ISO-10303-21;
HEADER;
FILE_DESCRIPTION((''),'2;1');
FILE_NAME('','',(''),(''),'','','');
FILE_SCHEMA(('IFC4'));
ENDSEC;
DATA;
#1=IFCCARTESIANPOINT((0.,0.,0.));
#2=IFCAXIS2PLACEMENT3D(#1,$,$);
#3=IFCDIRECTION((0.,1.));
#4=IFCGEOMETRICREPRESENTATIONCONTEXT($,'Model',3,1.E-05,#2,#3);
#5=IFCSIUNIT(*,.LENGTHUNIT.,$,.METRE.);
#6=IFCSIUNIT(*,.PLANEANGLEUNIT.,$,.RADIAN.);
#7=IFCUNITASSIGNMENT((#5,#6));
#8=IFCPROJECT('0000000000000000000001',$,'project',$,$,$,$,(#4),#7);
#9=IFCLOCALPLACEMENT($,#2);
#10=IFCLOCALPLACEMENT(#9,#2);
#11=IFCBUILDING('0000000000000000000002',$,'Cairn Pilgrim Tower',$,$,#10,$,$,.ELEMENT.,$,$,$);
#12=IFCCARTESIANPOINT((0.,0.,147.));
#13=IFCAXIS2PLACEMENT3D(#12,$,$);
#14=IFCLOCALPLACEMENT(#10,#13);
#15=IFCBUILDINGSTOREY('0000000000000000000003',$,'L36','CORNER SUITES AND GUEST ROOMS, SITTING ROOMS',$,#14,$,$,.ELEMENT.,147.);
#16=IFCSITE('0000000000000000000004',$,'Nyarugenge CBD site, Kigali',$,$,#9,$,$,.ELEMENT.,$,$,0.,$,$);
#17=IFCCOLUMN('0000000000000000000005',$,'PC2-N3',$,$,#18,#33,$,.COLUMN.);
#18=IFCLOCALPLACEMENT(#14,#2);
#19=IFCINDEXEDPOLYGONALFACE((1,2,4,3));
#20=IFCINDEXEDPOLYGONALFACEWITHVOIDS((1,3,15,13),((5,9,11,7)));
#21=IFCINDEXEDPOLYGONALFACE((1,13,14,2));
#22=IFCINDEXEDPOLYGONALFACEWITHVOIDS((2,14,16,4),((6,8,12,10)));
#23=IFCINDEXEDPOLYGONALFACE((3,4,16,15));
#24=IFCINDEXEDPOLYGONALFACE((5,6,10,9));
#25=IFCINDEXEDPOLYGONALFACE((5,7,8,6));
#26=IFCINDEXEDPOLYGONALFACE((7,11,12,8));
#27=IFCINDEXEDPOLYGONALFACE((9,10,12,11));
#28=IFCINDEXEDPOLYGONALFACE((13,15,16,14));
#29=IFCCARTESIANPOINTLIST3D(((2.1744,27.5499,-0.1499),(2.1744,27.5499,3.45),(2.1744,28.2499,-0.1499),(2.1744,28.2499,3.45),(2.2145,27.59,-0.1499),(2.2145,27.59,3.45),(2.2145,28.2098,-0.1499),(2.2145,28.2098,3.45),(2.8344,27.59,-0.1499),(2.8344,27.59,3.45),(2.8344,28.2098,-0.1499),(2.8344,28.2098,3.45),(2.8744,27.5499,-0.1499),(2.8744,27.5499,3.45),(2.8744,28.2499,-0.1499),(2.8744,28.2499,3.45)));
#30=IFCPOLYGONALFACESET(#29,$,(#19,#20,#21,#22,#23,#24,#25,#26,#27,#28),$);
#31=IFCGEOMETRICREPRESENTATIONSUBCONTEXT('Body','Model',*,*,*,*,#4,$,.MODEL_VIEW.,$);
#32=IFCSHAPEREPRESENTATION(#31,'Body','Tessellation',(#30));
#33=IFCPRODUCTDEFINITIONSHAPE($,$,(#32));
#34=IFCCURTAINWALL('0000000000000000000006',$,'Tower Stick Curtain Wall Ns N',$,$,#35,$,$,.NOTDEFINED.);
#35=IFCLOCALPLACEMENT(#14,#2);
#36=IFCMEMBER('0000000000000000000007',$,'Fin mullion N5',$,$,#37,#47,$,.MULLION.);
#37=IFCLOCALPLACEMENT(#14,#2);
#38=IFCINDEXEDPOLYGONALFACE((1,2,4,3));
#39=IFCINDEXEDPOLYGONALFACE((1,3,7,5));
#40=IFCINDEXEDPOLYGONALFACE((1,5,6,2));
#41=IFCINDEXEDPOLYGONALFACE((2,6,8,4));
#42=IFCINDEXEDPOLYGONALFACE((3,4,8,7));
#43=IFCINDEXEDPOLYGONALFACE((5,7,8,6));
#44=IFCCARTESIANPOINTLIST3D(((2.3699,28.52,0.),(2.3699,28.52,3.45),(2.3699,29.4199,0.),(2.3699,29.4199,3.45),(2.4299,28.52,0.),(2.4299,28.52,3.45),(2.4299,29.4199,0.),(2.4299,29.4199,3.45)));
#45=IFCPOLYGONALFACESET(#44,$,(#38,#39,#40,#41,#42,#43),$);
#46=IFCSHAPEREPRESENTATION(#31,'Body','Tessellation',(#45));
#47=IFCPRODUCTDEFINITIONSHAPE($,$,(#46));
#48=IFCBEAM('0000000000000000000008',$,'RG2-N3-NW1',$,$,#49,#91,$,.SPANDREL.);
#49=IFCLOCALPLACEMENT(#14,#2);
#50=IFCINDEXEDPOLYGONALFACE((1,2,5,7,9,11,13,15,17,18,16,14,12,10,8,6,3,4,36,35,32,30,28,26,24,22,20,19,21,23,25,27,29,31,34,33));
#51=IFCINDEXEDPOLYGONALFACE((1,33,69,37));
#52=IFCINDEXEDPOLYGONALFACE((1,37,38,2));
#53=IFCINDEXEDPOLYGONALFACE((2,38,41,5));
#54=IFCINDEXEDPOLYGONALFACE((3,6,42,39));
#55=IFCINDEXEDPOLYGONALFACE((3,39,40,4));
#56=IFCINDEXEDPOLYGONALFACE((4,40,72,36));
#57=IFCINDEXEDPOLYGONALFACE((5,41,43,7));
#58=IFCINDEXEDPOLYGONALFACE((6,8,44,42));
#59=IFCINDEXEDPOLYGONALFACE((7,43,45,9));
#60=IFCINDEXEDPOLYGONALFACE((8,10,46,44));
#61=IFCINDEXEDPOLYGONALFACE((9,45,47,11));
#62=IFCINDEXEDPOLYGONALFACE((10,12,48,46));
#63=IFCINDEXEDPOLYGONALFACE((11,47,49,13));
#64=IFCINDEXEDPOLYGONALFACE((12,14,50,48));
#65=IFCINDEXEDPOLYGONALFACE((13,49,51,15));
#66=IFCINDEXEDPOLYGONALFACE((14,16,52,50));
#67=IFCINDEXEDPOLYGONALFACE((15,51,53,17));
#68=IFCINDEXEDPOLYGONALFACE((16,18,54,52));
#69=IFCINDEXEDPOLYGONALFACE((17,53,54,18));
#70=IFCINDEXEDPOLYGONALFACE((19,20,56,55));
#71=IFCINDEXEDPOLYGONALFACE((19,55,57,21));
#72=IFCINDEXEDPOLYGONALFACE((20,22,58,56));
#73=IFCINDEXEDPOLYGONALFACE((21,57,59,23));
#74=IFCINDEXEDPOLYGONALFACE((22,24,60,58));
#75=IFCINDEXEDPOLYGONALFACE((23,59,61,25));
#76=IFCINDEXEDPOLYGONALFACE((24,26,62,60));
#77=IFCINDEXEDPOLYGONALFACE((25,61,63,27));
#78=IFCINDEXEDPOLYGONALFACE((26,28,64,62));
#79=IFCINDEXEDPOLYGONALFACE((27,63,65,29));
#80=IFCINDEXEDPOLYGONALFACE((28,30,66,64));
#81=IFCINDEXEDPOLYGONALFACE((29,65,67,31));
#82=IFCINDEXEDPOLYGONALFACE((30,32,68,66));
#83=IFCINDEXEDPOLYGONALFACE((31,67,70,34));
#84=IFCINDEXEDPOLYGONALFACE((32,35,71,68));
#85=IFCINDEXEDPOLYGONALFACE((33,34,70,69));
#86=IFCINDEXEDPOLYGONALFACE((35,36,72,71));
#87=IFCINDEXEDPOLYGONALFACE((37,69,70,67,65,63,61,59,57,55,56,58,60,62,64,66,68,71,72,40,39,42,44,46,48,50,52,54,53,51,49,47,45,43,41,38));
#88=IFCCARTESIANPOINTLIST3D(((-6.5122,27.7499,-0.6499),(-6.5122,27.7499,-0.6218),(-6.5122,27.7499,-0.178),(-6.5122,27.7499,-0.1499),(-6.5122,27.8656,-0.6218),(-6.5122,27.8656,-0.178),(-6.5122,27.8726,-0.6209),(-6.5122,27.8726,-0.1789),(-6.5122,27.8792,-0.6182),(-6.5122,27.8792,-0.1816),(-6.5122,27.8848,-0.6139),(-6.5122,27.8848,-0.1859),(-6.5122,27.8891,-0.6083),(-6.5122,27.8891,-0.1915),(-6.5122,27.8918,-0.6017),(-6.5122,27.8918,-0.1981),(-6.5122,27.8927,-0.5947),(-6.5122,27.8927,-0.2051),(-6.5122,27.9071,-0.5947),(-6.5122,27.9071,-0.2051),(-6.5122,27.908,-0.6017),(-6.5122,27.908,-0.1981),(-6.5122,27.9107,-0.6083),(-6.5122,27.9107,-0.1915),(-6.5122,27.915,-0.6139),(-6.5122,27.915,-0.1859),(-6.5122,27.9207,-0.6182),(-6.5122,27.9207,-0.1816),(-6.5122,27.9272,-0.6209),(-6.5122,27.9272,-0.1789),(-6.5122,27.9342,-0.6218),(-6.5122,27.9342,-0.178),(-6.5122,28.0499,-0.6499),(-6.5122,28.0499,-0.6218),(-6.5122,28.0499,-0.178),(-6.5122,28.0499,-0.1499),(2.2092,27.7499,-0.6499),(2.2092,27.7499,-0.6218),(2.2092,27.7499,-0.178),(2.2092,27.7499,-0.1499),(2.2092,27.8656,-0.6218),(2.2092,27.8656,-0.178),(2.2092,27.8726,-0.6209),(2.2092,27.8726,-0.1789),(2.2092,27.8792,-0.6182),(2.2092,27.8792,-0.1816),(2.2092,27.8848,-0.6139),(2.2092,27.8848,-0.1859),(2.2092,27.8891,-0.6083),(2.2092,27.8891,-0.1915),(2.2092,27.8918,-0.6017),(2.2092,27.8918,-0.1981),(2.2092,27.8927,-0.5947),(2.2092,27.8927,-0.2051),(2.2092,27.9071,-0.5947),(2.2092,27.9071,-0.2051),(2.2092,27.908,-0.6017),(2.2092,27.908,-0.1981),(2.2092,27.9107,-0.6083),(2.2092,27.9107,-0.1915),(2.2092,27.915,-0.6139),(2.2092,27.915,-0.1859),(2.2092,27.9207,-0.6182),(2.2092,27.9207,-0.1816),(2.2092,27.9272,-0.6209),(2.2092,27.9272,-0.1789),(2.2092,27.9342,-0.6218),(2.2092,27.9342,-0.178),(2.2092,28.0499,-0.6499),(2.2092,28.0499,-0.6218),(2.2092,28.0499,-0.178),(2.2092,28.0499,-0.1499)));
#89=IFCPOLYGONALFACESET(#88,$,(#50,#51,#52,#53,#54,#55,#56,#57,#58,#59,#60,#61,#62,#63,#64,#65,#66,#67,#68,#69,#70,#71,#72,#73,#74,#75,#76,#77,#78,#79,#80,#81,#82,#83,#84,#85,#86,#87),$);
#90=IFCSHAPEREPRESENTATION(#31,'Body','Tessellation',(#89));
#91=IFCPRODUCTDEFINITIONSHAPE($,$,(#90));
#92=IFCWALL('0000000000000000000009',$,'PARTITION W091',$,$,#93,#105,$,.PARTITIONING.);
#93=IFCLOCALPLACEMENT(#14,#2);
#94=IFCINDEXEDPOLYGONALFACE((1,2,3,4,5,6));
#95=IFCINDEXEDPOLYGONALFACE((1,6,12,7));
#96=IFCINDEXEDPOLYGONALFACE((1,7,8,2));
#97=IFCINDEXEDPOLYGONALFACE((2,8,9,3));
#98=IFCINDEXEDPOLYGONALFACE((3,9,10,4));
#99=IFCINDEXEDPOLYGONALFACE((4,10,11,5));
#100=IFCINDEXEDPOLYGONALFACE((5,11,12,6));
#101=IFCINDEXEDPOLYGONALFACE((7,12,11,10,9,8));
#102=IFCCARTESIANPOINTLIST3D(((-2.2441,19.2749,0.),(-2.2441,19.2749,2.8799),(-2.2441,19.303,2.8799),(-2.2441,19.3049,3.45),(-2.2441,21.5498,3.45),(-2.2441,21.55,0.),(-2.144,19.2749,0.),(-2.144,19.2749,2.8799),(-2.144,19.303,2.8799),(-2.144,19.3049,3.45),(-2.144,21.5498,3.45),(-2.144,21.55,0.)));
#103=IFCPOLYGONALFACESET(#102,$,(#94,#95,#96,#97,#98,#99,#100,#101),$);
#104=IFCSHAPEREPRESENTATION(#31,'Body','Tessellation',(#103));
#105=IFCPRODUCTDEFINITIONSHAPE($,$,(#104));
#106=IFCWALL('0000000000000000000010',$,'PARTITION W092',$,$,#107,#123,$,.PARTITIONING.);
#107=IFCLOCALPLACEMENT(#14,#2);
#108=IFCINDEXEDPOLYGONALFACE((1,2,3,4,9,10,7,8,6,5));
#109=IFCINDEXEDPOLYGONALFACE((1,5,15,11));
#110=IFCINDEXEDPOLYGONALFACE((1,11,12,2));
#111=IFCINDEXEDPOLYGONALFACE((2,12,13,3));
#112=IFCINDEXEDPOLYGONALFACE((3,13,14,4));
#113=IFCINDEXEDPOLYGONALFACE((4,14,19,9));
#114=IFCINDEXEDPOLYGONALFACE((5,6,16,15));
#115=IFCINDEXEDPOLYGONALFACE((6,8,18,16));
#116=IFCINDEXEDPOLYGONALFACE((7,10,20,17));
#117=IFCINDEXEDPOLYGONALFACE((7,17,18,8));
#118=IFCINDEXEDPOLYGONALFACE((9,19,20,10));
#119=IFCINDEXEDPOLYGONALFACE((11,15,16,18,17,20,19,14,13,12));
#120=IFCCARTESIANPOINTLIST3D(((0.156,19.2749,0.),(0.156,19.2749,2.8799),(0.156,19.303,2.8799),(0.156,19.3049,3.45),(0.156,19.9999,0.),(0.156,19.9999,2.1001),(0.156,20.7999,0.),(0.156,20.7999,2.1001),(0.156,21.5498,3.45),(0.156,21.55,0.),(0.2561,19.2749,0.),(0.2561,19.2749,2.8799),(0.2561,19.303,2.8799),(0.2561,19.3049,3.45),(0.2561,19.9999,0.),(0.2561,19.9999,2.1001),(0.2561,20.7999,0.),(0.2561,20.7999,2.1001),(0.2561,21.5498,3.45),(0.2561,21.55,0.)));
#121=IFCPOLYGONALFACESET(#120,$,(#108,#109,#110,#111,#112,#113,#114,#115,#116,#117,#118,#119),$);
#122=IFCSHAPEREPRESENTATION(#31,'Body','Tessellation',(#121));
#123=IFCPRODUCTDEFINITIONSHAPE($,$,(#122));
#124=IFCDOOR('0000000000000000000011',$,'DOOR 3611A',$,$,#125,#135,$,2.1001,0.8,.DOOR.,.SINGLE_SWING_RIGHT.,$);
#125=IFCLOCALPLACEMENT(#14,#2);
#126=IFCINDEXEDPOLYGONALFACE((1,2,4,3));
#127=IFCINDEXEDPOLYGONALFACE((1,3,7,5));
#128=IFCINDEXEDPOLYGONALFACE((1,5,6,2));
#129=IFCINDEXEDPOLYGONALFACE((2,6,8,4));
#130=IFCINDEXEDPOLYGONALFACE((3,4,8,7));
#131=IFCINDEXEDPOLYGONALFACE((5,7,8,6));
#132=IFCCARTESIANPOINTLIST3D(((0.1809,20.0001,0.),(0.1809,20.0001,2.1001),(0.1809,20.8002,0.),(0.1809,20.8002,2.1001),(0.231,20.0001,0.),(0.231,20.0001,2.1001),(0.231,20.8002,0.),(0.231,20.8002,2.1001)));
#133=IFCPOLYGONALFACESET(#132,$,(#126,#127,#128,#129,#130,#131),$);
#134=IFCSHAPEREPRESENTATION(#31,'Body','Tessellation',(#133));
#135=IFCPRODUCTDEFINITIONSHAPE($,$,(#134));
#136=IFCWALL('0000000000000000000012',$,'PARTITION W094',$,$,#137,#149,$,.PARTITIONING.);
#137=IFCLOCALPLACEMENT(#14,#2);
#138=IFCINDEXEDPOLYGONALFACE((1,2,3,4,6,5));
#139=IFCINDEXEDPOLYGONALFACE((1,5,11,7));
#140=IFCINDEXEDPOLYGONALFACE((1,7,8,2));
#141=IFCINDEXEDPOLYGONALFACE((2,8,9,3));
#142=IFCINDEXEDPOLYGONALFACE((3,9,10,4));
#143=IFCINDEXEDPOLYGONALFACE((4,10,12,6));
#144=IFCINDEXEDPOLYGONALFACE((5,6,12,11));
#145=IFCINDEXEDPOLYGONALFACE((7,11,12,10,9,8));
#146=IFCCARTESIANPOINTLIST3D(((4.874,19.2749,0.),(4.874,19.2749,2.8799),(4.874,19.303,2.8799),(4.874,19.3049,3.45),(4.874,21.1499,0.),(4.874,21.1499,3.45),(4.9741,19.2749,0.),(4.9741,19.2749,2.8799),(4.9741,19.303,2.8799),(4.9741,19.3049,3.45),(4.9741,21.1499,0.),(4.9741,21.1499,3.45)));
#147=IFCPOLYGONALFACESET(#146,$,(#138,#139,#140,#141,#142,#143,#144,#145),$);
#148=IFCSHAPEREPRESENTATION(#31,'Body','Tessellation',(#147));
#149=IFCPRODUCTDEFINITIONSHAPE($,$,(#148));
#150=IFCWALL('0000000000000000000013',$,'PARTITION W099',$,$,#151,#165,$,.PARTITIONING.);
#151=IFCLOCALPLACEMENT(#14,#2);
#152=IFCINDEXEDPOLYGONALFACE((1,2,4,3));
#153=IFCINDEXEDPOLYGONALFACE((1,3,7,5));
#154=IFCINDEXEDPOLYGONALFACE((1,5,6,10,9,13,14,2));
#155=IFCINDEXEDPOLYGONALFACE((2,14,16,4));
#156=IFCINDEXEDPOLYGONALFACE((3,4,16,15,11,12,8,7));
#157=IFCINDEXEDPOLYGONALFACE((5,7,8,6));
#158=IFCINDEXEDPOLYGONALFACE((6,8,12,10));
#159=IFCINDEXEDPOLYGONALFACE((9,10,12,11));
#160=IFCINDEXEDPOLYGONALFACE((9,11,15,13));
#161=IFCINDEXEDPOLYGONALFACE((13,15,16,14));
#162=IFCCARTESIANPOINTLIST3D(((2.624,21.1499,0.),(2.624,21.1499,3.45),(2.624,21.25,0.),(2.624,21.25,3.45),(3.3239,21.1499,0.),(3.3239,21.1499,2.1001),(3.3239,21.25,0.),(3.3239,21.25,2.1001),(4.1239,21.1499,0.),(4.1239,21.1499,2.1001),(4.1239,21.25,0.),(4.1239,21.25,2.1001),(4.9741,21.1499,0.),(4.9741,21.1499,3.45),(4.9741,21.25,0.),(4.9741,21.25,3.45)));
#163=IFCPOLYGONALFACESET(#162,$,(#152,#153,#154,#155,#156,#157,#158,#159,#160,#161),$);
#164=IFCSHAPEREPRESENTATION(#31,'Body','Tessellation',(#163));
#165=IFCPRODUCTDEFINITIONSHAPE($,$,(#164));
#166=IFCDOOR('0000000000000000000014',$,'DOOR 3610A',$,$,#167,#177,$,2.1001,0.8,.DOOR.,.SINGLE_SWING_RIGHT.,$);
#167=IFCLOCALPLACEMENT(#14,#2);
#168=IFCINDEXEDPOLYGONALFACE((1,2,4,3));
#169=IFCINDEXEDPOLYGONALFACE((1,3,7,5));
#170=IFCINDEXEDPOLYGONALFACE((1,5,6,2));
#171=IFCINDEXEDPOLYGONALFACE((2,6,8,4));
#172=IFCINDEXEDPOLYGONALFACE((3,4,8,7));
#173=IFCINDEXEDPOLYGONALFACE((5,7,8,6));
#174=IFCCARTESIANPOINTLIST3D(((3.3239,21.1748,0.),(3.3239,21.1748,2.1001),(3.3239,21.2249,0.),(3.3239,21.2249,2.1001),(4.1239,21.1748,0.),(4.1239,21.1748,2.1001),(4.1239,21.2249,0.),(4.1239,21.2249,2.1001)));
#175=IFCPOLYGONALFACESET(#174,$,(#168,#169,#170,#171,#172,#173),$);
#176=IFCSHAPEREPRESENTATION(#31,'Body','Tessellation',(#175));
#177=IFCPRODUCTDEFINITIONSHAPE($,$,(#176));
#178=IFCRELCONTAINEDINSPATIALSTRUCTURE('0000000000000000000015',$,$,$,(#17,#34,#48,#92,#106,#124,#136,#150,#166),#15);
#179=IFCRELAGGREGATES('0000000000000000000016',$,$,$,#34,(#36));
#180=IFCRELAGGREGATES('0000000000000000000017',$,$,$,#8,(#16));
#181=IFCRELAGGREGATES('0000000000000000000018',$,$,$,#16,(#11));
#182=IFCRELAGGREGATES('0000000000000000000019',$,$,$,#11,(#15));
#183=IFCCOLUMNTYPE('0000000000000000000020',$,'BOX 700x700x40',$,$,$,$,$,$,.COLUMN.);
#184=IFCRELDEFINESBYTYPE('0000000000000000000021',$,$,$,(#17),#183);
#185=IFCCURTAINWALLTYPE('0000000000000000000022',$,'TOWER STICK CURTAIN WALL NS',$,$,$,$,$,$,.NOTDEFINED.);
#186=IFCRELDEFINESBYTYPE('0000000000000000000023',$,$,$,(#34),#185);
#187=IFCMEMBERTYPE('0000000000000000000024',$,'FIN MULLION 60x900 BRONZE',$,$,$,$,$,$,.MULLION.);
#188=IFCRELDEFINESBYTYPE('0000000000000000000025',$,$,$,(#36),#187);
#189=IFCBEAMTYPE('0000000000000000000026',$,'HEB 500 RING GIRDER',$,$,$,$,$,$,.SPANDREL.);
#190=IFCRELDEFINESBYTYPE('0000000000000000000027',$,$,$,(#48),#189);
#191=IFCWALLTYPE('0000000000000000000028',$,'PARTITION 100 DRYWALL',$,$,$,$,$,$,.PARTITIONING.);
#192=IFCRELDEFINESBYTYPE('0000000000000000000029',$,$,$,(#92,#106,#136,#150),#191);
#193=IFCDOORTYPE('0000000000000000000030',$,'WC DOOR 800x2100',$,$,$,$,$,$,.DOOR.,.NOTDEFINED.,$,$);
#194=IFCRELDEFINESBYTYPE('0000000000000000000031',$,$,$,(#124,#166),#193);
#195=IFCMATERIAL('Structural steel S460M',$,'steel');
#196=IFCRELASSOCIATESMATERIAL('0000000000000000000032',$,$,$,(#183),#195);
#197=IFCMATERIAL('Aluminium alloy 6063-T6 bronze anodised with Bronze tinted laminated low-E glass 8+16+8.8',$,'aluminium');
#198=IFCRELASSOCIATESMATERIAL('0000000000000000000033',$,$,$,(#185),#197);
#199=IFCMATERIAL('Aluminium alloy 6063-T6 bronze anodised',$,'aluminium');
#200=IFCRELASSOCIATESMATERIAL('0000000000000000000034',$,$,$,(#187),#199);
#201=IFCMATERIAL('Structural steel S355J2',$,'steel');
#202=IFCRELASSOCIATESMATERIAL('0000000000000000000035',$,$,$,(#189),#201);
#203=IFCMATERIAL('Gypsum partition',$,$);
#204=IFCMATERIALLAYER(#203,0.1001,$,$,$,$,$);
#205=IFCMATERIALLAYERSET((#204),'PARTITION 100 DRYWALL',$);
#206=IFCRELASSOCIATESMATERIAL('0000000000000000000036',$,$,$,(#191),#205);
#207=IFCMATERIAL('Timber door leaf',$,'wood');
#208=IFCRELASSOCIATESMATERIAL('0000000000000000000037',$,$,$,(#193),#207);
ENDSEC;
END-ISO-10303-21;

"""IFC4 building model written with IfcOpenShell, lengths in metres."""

from ifc_helpers import new_model, si_unit, direction, frame, frame_2d, origin, origin_2d, place, context, subcontext, project, spatial, polyline, rectangle, hollow_rectangle, i_section, outline, extrude, material, layer, layer_set, material_profile, profile_set, type_object, element, fill, aggregate, save


model = new_model("IFC4")

# Units and contexts
model_context = context("Model", 3, precision=1e-05, world=origin(), true_north=direction((0.0, 1.0)))
body_context = subcontext(model_context, "Body", "Model", "MODEL_VIEW")
ifc_project = project(units=[si_unit("LENGTHUNIT", "METRE"), si_unit("PLANEANGLEUNIT", "RADIAN")], contexts=[model_context])

# Site, building, storey
site_placement = place(None, origin())
site = spatial("IfcSite", under=ifc_project, at=site_placement, Name="Nyarugenge CBD site, Kigali", CompositionType="ELEMENT", RefElevation=0.0)
building_placement = place(site_placement, origin())
building = spatial("IfcBuilding", under=site, at=building_placement, Name="Cairn Pilgrim Tower", CompositionType="ELEMENT")
storey_placement = place(building_placement, frame((0.0, 0.0, 147.0)))
storey = spatial("IfcBuildingStorey", under=building, at=storey_placement, Name="L36", Description="CORNER SUITES AND GUEST ROOMS, SITTING ROOMS", CompositionType="ELEMENT", Elevation=147.0)

# Column
ifc_material_1 = material(Name="Structural steel S460M", Category="steel")
ifc_material_profile_1 = material_profile(ifc_material_1, hollow_rectangle(XDim=0.7, YDim=0.7, WallThickness=0.04, at=origin_2d()), Name="BOX 700x700x40")
ifc_profile_set_1 = profile_set([ifc_material_profile_1], Name="Structural steel S460M")
column_type = type_object("IfcColumnType", Name="BOX 700x700x40", PredefinedType="COLUMN", material=ifc_profile_set_1)
column_placement = place(storey_placement, frame((2.5244, 27.8999, -0.1499), z_axis=(0.0, 0.0, 1.0), x_axis=(1.0, 0.0, 0.0)))
element("IfcColumn", 1, at=column_placement, inside=storey, type_object=column_type, Name="PC2-N3", PredefinedType="COLUMN", context=body_context, shape_type="SweptSolid", body=[
    extrude(hollow_rectangle(XDim=0.7, YDim=0.7, WallThickness=0.04, at=origin_2d()), origin(), (0.0, 0.0, 1.0), 3.5999),
])

# Curtain wall, member
ifc_material_2 = material(Name="Aluminium alloy 6063-T6 bronze anodised with Bronze tinted laminated low-E glass 8+16+8.8", Category="aluminium")
curtain_wall_type = type_object("IfcCurtainWallType", Name="TOWER STICK CURTAIN WALL NS", PredefinedType="NOTDEFINED", material=ifc_material_2)
curtain_wall_placement = place(storey_placement, origin())
curtain_wall = element("IfcCurtainWall", 2, at=curtain_wall_placement, inside=storey, type_object=curtain_wall_type, Name="Tower Stick Curtain Wall Ns N", PredefinedType="NOTDEFINED")
ifc_material_3 = material(Name="Aluminium alloy 6063-T6 bronze anodised", Category="aluminium")
ifc_material_profile_2 = material_profile(ifc_material_3, rectangle(XDim=0.8999, YDim=0.0601, at=origin_2d()), Name="FIN MULLION 60x900 BRONZE")
ifc_profile_set_2 = profile_set([ifc_material_profile_2], Name="Aluminium alloy 6063-T6 bronze anodised")
member_type = type_object("IfcMemberType", Name="FIN MULLION 60x900 BRONZE", PredefinedType="MULLION", material=ifc_profile_set_2)
member_placement = place(storey_placement, frame((2.3999, 28.97, 0.0), z_axis=(0.0, 0.0, 1.0), x_axis=(0.0, 1.0, 0.0)))
member = element("IfcMember", 3, at=member_placement, type_object=member_type, Name="Fin mullion N5", PredefinedType="MULLION", context=body_context, shape_type="SweptSolid", body=[
    extrude(rectangle(XDim=0.8999, YDim=0.0601, at=origin_2d()), origin(), (0.0, 0.0, 1.0), 3.45),
])
aggregate(curtain_wall, [member])

# Beam
ifc_material_4 = material(Name="Structural steel S355J2", Category="steel")
ifc_material_profile_3 = material_profile(ifc_material_4, i_section(OverallWidth=0.3, OverallDepth=0.5, WebThickness=0.0144, FlangeThickness=0.0281, FilletRadius=0.0271, at=origin_2d()), Name="HEB 500")
ifc_profile_set_3 = profile_set([ifc_material_profile_3], Name="Structural steel S355J2")
beam_type = type_object("IfcBeamType", Name="HEB 500 RING GIRDER", PredefinedType="SPANDREL", material=ifc_profile_set_3)
beam_placement = place(storey_placement, frame((2.2092, 27.8999, -0.3999), z_axis=(-1.0, 0.0, 0.0), x_axis=(0.0, -1.0, 0.0)))
element("IfcBeam", 4, at=beam_placement, inside=storey, type_object=beam_type, Name="RG2-N3-NW1", PredefinedType="SPANDREL", context=body_context, shape_type="SweptSolid", body=[
    extrude(i_section(OverallWidth=0.3, OverallDepth=0.5, WebThickness=0.0144, FlangeThickness=0.0281, FilletRadius=0.0271, at=origin_2d()), origin(), (0.0, 0.0, 1.0), 8.7214),
])

# Wall
ifc_material_5 = material(Name="Gypsum partition")
ifc_layer_1 = layer(ifc_material_5, 0.1001)
ifc_layer_set_1 = layer_set([ifc_layer_1], Name="PARTITION 100 DRYWALL")
wall_type_1 = type_object("IfcWallType", Name="PARTITION 100 DRYWALL", PredefinedType="PARTITIONING", material=ifc_layer_set_1)
wall_1_placement = place(storey_placement, frame((-2.1941, 19.2749, 0.0), z_axis=(0.0, 0.0, 1.0), x_axis=(0.0, 1.0, 0.0)))
element("IfcWall", 5, at=wall_1_placement, inside=storey, type_object=wall_type_1, Name="PARTITION W091", PredefinedType="PARTITIONING", context=body_context, shape_type="SweptSolid", body=[
    extrude(outline(polyline([(0.0, 0.0), (2.2751, 0.0), (2.2749, 3.45), (0.03, 3.45), (0.0281, 2.8799), (0.0, 2.8799), (0.0, 0.0)])), frame((0.0, 0.05, 0.0), z_axis=(0.0, -1.0, 0.0), x_axis=(1.0, 0.0, 0.0)), (0.0, 0.0, 1.0), 0.1001),
])

# Wall, opening, door
wall_2_placement = place(storey_placement, frame((0.2061, 19.2749, 0.0), z_axis=(0.0, 0.0, 1.0), x_axis=(0.0, 1.0, 0.0)))
wall_2 = element("IfcWall", 6, at=wall_2_placement, inside=storey, type_object=wall_type_1, Name="PARTITION W092", PredefinedType="PARTITIONING", context=body_context, shape_type="SweptSolid", body=[
    extrude(outline(polyline([(0.0, 0.0), (2.2751, 0.0), (2.2749, 3.45), (0.03, 3.45), (0.0281, 2.8799), (0.0, 2.8799), (0.0, 0.0)])), frame((0.0, 0.05, 0.0), z_axis=(0.0, -1.0, 0.0), x_axis=(1.0, 0.0, 0.0)), (0.0, 0.0, 1.0), 0.1001),
])
opening_1_placement = place(wall_2_placement, frame((0.7251, 0.0, 0.0)))
opening_1 = element("IfcOpeningElement", 7, at=opening_1_placement, cuts=wall_2, PredefinedType="OPENING", context=body_context, shape_type="SweptSolid", body=[
    extrude(rectangle(XDim=0.8, YDim=2.1001, at=frame_2d((0.3999, 1.05))), frame((0.0, 0.0601, 0.0), z_axis=(0.0, -1.0, 0.0), x_axis=(1.0, 0.0, 0.0)), (0.0, 0.0, 1.0), 0.1201),
])
ifc_material_6 = material(Name="Timber door leaf", Category="wood")
door_type_1 = type_object("IfcDoorType", Name="WC DOOR 800x2100", OperationType="NOTDEFINED", PredefinedType="DOOR", material=ifc_material_6)
door_1_placement = place(opening_1_placement, frame((0.8, 0.0, 0.0), z_axis=(0.0, 0.0, 1.0), x_axis=(-1.0, 0.0, 0.0)))
door_1 = element("IfcDoor", 8, at=door_1_placement, inside=storey, type_object=door_type_1, Name="DOOR 3611A", OperationType="SINGLE_SWING_RIGHT", OverallHeight=2.1001, OverallWidth=0.8, PredefinedType="DOOR", context=body_context, shape_type="SweptSolid", body=[
    extrude(rectangle(XDim=0.8, YDim=2.1001, at=frame_2d((0.3999, 1.05))), frame((0.0, 0.0249, 0.0), z_axis=(0.0, -1.0, 0.0), x_axis=(1.0, 0.0, 0.0)), (0.0, 0.0, 1.0), 0.05),
])
fill(opening_1, door_1)

# Wall
wall_3_placement = place(storey_placement, frame((4.9241, 19.2749, 0.0), z_axis=(0.0, 0.0, 1.0), x_axis=(0.0, 1.0, 0.0)))
element("IfcWall", 9, at=wall_3_placement, inside=storey, type_object=wall_type_1, Name="PARTITION W094", PredefinedType="PARTITIONING", context=body_context, shape_type="SweptSolid", body=[
    extrude(outline(polyline([(0.0, 0.0), (1.875, 0.0), (1.875, 3.45), (0.03, 3.45), (0.0281, 2.8799), (0.0, 2.8799), (0.0, 0.0)])), frame((0.0, 0.05, 0.0), z_axis=(0.0, -1.0, 0.0), x_axis=(1.0, 0.0, 0.0)), (0.0, 0.0, 1.0), 0.1001),
])

# Wall, opening, door
wall_4_placement = place(storey_placement, frame((2.624, 21.2, 0.0), z_axis=(0.0, 0.0, 1.0), x_axis=(1.0, 0.0, 0.0)))
wall_4 = element("IfcWall", 10, at=wall_4_placement, inside=storey, type_object=wall_type_1, Name="PARTITION W099", PredefinedType="PARTITIONING", context=body_context, shape_type="SweptSolid", body=[
    extrude(rectangle(XDim=2.3501, YDim=0.1001, at=frame_2d((1.175, 0.0))), origin(), (0.0, 0.0, 1.0), 3.45),
])
opening_2_placement = place(wall_4_placement, frame((0.7, 0.0, 0.0)))
opening_2 = element("IfcOpeningElement", 11, at=opening_2_placement, cuts=wall_4, PredefinedType="OPENING", context=body_context, shape_type="SweptSolid", body=[
    extrude(rectangle(XDim=0.8, YDim=2.1001, at=frame_2d((0.3999, 1.05))), frame((0.0, 0.0601, 0.0), z_axis=(0.0, -1.0, 0.0), x_axis=(1.0, 0.0, 0.0)), (0.0, 0.0, 1.0), 0.1201),
])
door_2_placement = place(opening_2_placement, origin())
door_2 = element("IfcDoor", 12, at=door_2_placement, inside=storey, type_object=door_type_1, Name="DOOR 3610A", OperationType="SINGLE_SWING_RIGHT", OverallHeight=2.1001, OverallWidth=0.8, PredefinedType="DOOR", context=body_context, shape_type="SweptSolid", body=[
    extrude(rectangle(XDim=0.8, YDim=2.1001, at=frame_2d((0.3999, 1.05))), frame((0.0, 0.0249, 0.0), z_axis=(0.0, -1.0, 0.0), x_axis=(1.0, 0.0, 0.0)), (0.0, 0.0, 1.0), 0.05),
])
fill(opening_2, door_2)

save(model, "model.ifc")
